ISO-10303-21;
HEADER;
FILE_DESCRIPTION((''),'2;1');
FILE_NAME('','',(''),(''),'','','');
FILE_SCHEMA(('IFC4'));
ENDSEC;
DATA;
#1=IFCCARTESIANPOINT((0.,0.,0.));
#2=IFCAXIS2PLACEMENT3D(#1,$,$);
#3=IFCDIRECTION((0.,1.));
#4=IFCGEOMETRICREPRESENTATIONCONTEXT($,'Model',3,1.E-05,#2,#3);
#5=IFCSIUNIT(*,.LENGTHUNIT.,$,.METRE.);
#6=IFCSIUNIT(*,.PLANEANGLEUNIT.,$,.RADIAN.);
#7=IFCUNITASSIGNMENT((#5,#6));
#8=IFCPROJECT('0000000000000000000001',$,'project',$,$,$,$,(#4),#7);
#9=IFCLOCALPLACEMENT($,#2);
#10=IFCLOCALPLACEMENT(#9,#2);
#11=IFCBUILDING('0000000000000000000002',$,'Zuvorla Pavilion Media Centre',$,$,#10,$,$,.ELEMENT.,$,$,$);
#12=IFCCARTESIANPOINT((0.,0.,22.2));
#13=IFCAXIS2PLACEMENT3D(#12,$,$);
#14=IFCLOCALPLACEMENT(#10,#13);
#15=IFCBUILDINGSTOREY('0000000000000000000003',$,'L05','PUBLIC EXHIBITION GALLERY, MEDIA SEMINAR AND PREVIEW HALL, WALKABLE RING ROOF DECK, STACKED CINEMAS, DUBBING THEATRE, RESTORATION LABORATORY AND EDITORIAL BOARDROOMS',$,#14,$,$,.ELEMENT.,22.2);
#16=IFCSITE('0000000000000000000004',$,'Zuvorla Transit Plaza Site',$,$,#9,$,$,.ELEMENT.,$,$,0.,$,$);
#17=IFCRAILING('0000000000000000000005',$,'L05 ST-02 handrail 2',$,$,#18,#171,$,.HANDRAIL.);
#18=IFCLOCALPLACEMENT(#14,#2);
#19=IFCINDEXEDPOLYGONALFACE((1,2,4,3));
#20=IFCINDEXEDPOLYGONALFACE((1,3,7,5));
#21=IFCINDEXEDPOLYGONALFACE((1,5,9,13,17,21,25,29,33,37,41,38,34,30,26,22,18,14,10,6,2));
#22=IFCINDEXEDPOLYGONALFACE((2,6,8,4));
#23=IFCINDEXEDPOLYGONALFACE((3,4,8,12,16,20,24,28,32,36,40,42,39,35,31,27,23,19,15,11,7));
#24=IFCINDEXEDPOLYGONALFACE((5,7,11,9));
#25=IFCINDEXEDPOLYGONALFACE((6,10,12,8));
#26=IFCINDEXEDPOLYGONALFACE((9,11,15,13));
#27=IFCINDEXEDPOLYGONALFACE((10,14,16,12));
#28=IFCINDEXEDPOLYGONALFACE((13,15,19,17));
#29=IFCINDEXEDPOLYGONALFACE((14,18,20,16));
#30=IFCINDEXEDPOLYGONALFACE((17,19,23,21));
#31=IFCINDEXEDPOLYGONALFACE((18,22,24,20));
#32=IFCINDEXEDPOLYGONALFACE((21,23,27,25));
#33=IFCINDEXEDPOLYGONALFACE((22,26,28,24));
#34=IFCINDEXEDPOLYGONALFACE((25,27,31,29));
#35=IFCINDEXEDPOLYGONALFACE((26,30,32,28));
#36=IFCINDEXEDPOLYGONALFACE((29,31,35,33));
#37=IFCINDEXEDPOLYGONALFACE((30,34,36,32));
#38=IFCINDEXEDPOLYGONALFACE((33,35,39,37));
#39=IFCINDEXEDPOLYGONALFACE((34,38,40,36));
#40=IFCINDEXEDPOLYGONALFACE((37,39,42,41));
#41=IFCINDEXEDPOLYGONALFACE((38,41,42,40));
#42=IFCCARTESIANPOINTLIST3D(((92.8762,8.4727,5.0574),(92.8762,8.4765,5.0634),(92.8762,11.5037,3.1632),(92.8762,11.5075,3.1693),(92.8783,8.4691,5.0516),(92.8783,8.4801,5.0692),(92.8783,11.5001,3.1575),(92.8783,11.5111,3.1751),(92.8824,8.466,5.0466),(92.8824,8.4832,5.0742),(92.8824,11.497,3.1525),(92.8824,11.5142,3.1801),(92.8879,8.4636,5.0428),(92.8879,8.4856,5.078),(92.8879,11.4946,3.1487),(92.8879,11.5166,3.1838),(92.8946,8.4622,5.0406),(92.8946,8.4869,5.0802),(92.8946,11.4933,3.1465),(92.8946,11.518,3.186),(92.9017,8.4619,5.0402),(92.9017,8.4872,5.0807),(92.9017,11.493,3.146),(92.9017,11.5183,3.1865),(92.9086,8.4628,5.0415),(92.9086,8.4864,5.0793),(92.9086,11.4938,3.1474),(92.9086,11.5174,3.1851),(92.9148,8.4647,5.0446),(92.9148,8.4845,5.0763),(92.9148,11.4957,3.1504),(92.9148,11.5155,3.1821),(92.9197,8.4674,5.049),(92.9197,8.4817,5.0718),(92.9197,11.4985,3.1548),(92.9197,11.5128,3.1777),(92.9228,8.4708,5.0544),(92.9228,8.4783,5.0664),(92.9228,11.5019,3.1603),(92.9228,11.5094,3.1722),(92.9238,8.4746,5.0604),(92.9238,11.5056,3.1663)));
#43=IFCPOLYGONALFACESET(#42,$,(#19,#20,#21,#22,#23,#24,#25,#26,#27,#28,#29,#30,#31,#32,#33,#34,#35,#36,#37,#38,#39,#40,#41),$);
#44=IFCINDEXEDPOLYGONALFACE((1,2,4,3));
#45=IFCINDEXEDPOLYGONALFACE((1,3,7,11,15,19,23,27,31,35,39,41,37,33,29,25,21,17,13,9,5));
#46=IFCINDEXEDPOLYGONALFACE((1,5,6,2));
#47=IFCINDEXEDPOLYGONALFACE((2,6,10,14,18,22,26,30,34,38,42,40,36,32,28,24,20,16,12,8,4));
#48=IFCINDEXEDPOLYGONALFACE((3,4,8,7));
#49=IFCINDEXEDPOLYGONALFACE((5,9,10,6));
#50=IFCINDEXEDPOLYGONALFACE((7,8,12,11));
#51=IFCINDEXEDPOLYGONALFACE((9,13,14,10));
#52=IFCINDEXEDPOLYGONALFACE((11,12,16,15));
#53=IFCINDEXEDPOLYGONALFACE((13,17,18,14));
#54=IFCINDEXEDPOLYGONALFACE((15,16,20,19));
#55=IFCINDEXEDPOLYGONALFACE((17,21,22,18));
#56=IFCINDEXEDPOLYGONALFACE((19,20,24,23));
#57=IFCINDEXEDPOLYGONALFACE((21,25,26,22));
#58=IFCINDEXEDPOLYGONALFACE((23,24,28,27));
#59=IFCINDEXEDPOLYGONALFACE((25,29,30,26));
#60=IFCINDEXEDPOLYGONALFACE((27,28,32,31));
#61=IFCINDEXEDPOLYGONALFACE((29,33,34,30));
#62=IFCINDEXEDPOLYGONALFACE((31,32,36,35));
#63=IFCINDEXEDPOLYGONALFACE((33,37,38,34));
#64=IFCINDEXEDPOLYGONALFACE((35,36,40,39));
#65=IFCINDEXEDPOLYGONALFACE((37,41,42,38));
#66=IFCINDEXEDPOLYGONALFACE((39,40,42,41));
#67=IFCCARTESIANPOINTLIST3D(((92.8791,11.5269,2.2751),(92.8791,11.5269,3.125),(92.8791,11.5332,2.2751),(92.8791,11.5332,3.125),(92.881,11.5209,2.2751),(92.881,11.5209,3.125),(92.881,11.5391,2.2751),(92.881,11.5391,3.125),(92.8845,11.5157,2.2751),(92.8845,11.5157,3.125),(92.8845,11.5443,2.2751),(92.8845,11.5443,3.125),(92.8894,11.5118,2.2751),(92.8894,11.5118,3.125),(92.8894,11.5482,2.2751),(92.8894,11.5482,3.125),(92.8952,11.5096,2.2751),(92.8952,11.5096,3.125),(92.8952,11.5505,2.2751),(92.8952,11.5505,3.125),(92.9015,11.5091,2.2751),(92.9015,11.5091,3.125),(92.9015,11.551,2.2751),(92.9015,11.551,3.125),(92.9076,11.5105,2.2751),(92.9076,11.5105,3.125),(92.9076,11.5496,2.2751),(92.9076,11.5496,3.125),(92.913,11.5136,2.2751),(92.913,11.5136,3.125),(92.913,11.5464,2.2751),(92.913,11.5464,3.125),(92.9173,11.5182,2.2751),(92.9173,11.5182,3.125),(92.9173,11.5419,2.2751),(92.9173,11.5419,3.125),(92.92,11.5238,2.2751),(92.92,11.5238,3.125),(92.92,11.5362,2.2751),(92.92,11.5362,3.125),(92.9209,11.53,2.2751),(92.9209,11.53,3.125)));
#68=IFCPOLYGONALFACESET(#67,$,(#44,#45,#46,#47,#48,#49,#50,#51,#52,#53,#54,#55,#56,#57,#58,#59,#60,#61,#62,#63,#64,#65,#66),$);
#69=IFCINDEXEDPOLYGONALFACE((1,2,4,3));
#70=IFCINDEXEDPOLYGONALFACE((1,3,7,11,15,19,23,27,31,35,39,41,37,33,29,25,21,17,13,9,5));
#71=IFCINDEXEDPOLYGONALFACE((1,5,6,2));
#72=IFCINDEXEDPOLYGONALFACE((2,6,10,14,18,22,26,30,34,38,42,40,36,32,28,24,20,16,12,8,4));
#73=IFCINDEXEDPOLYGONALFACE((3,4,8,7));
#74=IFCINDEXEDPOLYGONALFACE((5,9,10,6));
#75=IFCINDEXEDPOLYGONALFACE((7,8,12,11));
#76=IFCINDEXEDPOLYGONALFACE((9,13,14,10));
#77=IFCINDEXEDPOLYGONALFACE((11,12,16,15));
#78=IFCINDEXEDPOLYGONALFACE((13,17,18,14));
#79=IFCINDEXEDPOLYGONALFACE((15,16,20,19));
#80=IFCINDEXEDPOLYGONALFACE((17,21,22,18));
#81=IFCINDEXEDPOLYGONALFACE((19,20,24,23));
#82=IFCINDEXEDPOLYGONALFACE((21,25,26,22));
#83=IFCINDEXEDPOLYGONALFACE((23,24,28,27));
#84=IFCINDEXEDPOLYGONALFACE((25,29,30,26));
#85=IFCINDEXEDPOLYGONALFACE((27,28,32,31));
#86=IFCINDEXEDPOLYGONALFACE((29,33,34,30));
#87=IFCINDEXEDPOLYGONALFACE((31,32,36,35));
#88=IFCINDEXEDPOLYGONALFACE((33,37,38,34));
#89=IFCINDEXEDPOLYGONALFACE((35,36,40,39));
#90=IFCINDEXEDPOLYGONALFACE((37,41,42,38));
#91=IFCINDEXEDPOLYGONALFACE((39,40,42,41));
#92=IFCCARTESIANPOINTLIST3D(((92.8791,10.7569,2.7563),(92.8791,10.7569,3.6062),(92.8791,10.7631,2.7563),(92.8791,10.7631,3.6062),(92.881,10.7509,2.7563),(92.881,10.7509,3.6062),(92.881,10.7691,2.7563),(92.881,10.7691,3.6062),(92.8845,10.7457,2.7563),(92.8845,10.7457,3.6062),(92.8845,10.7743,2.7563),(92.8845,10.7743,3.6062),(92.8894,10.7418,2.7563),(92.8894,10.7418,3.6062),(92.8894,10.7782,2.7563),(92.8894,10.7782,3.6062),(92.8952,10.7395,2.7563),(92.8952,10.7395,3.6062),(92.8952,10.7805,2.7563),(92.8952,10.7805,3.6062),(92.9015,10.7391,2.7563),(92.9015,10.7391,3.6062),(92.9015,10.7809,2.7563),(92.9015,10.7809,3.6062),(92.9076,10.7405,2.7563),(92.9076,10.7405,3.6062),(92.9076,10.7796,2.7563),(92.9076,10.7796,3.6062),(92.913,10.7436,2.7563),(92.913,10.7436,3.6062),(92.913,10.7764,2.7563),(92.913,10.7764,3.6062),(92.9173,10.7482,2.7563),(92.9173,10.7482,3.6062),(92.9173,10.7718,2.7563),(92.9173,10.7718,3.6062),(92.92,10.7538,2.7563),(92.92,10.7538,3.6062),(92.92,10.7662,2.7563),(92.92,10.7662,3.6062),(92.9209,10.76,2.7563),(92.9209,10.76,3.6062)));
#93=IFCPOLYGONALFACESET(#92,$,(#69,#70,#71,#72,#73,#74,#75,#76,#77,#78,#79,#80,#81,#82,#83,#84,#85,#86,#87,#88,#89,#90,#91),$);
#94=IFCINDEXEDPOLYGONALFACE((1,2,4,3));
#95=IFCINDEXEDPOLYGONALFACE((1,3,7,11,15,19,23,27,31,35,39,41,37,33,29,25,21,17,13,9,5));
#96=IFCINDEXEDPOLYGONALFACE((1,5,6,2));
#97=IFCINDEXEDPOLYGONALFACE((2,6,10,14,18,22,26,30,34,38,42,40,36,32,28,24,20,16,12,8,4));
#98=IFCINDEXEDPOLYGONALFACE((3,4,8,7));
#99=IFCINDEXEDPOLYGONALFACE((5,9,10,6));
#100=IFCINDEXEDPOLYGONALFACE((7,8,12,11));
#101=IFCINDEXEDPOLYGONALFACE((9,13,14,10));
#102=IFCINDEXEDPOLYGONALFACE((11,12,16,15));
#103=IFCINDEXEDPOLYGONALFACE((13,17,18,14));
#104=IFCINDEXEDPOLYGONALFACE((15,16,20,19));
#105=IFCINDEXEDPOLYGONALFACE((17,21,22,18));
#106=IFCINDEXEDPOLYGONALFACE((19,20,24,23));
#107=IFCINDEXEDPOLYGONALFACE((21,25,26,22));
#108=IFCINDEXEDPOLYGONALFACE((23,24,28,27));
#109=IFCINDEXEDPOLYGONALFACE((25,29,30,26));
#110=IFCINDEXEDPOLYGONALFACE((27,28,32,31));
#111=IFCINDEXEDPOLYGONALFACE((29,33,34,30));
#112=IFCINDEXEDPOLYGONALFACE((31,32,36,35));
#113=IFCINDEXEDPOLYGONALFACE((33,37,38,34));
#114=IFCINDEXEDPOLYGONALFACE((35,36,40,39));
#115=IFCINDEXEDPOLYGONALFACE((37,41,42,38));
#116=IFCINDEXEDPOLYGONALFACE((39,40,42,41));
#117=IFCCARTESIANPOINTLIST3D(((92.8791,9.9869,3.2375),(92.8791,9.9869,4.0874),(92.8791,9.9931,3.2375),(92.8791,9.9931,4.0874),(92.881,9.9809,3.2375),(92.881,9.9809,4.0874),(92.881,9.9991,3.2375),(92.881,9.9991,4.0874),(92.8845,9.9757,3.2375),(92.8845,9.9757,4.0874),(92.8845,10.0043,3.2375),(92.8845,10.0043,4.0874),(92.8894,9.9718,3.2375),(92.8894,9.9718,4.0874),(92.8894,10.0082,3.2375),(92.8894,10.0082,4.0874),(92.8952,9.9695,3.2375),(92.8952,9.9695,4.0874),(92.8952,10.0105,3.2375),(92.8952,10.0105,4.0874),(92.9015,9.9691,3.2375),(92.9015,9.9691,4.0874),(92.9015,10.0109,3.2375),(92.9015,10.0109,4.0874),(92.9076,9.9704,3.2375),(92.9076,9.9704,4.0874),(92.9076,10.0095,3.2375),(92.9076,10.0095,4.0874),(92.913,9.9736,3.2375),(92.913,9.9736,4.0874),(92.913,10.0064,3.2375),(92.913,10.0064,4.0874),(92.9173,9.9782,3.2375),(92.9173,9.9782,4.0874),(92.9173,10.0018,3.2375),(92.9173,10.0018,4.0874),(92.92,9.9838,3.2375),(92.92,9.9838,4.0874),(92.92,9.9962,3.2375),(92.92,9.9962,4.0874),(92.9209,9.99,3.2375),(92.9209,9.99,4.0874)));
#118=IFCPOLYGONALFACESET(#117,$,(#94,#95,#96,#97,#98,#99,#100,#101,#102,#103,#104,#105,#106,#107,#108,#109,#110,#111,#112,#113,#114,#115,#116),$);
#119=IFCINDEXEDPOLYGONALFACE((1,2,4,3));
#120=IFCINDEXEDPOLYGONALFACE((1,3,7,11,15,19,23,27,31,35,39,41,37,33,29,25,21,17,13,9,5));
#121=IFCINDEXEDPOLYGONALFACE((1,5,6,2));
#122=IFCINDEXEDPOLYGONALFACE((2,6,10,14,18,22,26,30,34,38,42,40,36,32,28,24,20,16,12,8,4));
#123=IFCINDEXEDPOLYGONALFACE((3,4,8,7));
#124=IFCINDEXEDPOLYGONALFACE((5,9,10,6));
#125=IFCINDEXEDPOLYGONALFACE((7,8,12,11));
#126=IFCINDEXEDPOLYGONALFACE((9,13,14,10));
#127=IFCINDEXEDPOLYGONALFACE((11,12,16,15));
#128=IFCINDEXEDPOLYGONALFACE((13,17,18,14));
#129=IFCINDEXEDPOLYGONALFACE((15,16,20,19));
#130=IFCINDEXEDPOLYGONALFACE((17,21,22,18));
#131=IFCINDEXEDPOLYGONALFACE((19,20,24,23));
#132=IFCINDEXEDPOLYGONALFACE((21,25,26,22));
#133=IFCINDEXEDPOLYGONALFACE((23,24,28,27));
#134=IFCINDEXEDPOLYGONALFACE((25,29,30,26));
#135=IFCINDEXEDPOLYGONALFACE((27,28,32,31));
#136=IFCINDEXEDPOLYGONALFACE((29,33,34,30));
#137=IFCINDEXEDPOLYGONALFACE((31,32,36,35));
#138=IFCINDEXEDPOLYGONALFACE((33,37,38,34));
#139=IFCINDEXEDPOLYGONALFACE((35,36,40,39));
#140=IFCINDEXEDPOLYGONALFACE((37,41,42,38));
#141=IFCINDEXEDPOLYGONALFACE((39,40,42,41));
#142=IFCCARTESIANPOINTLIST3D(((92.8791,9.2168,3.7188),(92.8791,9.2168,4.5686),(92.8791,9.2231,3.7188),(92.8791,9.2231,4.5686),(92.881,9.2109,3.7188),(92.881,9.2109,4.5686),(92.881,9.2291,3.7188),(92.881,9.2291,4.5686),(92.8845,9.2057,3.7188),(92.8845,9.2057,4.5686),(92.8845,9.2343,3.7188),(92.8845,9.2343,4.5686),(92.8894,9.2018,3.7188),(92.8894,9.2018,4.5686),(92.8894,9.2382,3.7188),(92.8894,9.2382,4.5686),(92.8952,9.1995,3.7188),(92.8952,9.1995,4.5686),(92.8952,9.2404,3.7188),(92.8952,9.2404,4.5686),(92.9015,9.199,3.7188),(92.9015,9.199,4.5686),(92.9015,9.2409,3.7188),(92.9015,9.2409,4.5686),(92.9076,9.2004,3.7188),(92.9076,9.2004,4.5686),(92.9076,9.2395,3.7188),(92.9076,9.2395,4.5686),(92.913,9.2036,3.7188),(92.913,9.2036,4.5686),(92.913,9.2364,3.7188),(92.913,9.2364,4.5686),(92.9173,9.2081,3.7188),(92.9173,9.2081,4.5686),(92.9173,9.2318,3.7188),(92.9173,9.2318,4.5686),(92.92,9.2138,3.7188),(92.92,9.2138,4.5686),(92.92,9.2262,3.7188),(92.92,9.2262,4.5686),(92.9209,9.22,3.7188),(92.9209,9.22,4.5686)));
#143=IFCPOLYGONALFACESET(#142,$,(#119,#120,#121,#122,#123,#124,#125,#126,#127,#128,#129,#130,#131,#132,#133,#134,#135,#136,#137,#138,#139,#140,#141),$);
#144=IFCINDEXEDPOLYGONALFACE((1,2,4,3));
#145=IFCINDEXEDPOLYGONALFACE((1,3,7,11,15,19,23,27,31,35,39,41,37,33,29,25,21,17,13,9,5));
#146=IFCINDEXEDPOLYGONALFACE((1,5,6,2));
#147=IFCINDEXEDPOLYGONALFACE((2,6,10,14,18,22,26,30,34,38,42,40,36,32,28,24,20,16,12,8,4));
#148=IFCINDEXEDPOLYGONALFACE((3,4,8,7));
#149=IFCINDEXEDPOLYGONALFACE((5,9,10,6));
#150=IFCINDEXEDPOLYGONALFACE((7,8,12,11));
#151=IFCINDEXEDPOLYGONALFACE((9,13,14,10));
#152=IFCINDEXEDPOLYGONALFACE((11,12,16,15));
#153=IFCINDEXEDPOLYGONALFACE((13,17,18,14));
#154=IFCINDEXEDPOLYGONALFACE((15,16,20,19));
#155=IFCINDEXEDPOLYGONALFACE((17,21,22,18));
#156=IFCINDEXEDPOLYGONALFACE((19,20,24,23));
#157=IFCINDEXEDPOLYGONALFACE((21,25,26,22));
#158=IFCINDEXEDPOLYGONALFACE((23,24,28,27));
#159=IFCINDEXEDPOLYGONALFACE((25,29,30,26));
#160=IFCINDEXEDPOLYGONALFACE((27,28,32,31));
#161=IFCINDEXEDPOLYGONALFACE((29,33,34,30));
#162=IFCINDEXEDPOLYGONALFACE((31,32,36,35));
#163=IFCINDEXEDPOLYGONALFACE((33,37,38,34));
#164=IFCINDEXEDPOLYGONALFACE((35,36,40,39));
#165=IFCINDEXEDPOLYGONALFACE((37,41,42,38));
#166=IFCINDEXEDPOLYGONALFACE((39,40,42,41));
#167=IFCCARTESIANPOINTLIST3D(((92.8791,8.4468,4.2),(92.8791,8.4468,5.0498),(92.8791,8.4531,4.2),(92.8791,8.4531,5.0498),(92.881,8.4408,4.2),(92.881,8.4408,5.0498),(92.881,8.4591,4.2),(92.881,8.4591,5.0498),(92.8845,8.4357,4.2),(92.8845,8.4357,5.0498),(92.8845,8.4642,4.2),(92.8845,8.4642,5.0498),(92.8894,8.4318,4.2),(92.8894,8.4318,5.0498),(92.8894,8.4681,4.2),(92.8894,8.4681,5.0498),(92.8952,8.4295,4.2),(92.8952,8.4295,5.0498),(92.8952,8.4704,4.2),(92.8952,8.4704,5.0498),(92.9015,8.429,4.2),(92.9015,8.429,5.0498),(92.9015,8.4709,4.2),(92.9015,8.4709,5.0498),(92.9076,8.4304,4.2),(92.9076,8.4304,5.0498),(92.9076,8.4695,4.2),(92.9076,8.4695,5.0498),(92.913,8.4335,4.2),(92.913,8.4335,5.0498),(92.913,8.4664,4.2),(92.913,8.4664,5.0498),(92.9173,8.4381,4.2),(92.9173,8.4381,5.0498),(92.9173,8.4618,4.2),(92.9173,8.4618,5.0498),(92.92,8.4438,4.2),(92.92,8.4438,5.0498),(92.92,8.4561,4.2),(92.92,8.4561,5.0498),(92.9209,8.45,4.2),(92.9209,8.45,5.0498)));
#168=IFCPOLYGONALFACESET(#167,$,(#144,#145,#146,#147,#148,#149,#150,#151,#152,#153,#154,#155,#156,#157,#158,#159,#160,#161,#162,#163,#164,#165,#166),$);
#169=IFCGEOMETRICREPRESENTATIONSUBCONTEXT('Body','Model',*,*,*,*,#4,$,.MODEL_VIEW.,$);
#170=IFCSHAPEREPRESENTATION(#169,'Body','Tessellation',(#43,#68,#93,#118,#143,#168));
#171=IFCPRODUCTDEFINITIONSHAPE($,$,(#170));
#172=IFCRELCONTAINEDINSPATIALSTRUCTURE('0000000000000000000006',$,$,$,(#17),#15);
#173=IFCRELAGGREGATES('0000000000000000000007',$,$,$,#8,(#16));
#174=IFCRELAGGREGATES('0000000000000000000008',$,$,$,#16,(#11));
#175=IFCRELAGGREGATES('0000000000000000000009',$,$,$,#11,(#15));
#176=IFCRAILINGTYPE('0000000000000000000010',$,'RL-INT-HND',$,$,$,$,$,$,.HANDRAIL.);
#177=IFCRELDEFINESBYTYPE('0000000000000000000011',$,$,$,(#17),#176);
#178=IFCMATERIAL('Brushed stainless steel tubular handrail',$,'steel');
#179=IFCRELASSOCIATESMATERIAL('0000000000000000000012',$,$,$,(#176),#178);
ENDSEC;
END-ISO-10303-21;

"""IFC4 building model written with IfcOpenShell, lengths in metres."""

from ifc_helpers import new_model, si_unit, direction, frame, origin, origin_2d, place, context, subcontext, project, spatial, circle, extrude, material, type_object, element, save


model = new_model("IFC4")

# Units and contexts
model_context = context("Model", 3, precision=1e-05, world=origin(), true_north=direction((0.0, 1.0)))
body_context = subcontext(model_context, "Body", "Model", "MODEL_VIEW")
ifc_project = project(units=[si_unit("LENGTHUNIT", "METRE"), si_unit("PLANEANGLEUNIT", "RADIAN")], contexts=[model_context])

# Site, building, storey
site_placement = place(None, origin())
site = spatial("IfcSite", under=ifc_project, at=site_placement, Name="Zuvorla Transit Plaza Site", CompositionType="ELEMENT", RefElevation=0.0)
building_placement = place(site_placement, origin())
building = spatial("IfcBuilding", under=site, at=building_placement, Name="Zuvorla Pavilion Media Centre", CompositionType="ELEMENT")
storey_placement = place(building_placement, frame((0.0, 0.0, 22.2)))
storey = spatial("IfcBuildingStorey", under=building, at=storey_placement, Name="L05", Description="PUBLIC EXHIBITION GALLERY, MEDIA SEMINAR AND PREVIEW HALL, WALKABLE RING ROOF DECK, STACKED CINEMAS, DUBBING THEATRE, RESTORATION LABORATORY AND EDITORIAL BOARDROOMS", CompositionType="ELEMENT", Elevation=22.2)

# Railing
ifc_material_1 = material(Name="Brushed stainless steel tubular handrail", Category="steel")
railing_type_1 = type_object("IfcRailingType", Name="RL-INT-HND", PredefinedType="HANDRAIL", material=ifc_material_1)
railing_1_placement = place(storey_placement, frame((92.8999, 11.53, 2.2751)))
element("IfcRailing", 1, at=railing_1_placement, inside=storey, type_object=railing_type_1, Name="L05 ST-02 handrail 2", PredefinedType="HANDRAIL", context=body_context, shape_type="SweptSolid", body=[
    extrude(circle(Radius=0.0239, at=origin_2d()), frame((0.0, -0.0244, 0.8911), z_axis=(0.0, -0.848029, 0.529951), x_axis=(1.0, 0.0, 0.0)), (0.0, 0.0, 1.0), 3.5742),
    extrude(circle(Radius=0.021, at=origin_2d()), origin(), (0.0, 0.0, 1.0), 0.8499),
    extrude(circle(Radius=0.021, at=origin_2d()), frame((0.0, -0.77, 0.4812)), (0.0, 0.0, 1.0), 0.8499),
    extrude(circle(Radius=0.021, at=origin_2d()), frame((0.0, -1.54, 0.9624)), (0.0, 0.0, 1.0), 0.8499),
    extrude(circle(Radius=0.021, at=origin_2d()), frame((0.0, -2.3101, 1.4436)), (0.0, 0.0, 1.0), 0.8499),
    extrude(circle(Radius=0.021, at=origin_2d()), frame((0.0, -3.0801, 1.9248)), (0.0, 0.0, 1.0), 0.8499),
])

save(model, "model.ifc")
